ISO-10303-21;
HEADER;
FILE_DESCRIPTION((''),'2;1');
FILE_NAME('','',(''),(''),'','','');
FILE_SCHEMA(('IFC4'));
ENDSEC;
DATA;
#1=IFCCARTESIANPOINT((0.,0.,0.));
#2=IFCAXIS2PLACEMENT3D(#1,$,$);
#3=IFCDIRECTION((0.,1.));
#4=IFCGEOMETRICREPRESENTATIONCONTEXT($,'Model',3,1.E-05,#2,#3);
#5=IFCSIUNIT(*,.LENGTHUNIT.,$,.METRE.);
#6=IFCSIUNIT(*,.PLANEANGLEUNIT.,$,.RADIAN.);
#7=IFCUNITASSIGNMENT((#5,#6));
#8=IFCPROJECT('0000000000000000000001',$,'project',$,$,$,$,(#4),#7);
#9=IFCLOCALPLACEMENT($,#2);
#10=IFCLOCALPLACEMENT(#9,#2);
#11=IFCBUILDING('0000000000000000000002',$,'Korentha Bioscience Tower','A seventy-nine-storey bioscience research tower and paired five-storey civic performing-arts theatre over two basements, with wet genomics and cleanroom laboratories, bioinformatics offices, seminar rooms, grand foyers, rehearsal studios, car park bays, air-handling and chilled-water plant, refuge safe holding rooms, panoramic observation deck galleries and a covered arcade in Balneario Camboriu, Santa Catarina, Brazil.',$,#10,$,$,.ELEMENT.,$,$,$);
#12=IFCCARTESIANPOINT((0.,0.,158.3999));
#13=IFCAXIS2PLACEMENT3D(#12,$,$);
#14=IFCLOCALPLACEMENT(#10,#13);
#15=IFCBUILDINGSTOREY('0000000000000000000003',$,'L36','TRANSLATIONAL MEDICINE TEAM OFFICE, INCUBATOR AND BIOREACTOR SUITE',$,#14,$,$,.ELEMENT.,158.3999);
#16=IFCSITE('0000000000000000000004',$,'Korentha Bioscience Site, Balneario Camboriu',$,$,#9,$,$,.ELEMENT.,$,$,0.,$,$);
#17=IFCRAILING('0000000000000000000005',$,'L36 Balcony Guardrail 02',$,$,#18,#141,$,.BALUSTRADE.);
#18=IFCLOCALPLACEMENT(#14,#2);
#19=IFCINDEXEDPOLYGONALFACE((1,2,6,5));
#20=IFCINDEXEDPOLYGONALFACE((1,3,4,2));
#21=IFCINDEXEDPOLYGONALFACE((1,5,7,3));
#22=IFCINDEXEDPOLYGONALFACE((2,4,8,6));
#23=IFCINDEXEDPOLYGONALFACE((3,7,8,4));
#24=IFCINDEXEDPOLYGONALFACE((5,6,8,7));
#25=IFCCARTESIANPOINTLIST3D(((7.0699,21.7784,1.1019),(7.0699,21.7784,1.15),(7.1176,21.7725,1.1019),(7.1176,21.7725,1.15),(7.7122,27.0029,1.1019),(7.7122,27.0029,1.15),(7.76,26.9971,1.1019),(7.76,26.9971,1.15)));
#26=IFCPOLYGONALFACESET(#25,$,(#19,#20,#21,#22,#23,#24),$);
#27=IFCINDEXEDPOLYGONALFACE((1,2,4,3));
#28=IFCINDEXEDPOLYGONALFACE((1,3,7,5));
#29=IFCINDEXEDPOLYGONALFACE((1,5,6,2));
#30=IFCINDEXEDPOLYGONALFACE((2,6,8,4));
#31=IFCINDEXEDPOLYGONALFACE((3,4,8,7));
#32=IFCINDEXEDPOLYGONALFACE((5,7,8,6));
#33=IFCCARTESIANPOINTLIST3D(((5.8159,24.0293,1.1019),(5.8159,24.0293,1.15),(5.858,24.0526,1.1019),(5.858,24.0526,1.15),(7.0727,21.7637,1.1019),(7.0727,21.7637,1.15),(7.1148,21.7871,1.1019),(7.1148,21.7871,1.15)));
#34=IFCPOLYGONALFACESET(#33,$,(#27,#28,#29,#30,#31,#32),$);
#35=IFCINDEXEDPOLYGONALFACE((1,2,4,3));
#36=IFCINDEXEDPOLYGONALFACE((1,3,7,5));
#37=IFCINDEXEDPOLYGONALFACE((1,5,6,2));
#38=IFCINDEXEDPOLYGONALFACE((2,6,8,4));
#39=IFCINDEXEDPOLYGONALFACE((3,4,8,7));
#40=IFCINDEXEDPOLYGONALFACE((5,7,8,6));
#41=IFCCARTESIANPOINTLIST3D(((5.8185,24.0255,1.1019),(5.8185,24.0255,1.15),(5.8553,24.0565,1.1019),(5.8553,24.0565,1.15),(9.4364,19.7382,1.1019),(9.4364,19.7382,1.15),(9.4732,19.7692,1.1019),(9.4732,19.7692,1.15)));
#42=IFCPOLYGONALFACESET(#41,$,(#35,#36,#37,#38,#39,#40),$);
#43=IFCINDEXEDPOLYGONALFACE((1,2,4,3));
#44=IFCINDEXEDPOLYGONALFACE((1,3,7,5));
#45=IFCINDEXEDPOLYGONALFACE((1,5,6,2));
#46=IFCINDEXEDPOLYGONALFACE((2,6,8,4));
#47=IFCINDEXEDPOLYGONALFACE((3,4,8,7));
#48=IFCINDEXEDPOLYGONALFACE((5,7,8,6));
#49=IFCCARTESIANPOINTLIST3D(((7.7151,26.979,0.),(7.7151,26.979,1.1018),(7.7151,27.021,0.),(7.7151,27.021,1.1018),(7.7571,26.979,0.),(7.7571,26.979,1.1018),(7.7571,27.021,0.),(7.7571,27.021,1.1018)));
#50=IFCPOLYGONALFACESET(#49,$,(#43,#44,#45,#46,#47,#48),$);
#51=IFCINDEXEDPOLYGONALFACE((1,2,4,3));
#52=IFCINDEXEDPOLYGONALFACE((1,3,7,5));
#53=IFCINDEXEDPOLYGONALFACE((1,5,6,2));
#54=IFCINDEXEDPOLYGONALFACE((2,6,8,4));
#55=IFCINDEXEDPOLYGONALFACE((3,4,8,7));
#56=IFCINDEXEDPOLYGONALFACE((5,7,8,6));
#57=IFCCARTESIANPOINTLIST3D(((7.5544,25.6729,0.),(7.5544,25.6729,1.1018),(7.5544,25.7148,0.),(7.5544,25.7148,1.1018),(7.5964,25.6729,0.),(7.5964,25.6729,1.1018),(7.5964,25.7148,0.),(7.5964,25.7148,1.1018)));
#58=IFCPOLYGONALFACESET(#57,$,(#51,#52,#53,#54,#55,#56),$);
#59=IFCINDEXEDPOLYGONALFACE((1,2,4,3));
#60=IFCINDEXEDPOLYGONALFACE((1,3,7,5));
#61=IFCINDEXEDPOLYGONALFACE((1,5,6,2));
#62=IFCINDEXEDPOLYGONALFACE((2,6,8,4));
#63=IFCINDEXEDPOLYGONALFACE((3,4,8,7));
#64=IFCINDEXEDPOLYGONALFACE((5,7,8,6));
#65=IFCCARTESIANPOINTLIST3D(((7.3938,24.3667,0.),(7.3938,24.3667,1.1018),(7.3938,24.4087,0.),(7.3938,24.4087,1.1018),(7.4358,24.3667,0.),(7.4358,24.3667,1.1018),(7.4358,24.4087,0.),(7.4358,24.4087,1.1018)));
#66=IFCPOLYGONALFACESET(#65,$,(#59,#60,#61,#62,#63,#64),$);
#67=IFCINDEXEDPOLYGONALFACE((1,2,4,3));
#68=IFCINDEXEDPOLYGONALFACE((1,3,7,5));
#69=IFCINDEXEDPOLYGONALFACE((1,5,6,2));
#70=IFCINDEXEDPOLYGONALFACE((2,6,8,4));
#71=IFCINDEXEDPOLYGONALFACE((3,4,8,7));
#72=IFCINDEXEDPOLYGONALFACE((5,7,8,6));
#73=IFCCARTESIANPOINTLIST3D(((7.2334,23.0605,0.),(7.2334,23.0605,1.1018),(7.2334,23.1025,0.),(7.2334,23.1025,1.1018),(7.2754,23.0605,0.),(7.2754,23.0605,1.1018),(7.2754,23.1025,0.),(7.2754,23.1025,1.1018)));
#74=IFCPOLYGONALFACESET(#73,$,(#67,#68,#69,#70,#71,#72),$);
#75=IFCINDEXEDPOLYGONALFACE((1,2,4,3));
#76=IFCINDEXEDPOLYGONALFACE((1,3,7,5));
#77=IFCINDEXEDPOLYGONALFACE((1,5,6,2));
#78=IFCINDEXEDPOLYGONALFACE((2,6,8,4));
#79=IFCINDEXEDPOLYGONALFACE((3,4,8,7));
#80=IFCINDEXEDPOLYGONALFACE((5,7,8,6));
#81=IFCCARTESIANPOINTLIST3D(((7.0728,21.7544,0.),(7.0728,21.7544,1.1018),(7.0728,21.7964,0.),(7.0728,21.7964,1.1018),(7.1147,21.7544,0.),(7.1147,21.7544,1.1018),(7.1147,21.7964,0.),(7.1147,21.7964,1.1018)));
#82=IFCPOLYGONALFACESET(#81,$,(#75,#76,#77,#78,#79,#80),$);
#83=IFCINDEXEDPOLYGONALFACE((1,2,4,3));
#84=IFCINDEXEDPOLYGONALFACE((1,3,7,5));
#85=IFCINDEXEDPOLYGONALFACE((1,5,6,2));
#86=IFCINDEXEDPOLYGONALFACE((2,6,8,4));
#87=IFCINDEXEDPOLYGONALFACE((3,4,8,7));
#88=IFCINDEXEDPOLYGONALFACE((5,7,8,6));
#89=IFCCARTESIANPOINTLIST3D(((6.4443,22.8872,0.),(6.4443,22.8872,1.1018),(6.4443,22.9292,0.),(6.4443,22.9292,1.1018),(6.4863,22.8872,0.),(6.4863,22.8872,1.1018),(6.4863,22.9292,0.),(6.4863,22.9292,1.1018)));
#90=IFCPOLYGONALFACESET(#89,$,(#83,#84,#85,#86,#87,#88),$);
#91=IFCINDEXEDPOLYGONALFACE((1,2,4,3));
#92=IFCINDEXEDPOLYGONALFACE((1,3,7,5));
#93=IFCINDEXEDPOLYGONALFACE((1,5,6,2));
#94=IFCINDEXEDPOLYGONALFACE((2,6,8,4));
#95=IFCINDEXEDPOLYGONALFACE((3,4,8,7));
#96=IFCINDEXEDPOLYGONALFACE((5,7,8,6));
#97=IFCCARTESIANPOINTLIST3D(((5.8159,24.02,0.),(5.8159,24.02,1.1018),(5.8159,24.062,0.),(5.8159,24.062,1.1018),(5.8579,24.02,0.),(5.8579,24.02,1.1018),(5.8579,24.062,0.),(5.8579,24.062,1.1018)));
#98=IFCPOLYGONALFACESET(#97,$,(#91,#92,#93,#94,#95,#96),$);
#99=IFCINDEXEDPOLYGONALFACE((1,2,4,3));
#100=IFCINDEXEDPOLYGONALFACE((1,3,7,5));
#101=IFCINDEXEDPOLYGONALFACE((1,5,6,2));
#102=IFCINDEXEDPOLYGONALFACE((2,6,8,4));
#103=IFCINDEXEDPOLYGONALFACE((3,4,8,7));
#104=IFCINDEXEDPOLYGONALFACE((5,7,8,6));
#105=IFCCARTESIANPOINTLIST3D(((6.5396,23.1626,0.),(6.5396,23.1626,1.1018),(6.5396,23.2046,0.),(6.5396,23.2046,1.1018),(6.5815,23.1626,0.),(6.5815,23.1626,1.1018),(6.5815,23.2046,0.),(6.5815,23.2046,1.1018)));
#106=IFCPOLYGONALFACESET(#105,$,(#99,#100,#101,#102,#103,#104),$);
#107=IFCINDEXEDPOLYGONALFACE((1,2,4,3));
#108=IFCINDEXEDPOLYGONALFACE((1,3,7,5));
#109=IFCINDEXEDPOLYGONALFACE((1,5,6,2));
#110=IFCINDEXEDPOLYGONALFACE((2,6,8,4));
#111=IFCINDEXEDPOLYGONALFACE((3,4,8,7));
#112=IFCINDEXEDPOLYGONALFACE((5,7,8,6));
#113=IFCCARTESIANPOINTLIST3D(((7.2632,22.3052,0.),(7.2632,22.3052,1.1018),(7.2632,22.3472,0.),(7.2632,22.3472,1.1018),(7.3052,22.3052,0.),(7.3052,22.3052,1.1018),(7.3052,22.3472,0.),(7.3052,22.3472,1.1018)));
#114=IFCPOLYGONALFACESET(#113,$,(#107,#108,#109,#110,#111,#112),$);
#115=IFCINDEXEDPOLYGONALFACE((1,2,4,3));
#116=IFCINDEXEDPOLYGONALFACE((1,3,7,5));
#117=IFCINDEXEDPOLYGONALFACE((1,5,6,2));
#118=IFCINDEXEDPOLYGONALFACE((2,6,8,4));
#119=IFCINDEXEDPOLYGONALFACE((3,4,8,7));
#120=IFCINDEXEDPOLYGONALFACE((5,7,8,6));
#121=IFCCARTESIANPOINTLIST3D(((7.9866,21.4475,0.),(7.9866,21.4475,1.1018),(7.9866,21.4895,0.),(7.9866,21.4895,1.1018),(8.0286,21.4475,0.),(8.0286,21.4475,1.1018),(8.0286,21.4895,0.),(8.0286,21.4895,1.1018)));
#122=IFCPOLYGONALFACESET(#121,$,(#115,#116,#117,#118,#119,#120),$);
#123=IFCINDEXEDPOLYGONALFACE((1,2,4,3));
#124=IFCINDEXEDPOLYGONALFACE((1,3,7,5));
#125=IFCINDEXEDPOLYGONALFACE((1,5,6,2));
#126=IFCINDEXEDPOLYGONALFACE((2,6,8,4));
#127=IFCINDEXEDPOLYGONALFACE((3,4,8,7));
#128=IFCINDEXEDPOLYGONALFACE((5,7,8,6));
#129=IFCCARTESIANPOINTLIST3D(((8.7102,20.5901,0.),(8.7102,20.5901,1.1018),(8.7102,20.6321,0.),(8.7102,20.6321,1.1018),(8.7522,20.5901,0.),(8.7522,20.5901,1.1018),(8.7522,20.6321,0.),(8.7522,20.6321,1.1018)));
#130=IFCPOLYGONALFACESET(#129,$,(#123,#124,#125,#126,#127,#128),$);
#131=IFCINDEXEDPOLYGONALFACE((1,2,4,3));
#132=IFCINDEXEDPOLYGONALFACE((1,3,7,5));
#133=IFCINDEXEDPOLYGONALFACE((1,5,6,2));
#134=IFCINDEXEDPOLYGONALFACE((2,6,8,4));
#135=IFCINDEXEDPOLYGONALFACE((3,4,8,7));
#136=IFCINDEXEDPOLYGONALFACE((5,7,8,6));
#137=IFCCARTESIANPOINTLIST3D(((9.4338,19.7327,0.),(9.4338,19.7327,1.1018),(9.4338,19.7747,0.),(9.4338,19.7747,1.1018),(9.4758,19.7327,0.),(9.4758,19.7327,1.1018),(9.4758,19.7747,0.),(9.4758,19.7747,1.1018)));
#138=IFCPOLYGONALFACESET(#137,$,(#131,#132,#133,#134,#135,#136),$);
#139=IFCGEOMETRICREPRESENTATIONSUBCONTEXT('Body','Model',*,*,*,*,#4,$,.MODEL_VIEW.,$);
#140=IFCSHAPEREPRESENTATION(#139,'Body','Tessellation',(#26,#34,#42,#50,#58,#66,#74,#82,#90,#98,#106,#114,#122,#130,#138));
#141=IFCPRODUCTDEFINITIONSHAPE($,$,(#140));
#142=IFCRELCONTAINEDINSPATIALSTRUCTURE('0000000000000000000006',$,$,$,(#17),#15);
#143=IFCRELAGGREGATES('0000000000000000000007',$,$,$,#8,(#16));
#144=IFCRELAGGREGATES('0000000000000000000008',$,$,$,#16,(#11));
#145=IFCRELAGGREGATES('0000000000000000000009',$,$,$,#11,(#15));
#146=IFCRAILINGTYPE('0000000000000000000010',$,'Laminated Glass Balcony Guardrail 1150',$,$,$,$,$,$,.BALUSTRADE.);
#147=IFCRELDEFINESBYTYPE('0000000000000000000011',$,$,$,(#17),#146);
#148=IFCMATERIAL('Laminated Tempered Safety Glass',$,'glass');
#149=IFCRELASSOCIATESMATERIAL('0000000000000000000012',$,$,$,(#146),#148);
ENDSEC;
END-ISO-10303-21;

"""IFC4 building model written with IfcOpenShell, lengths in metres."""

from ifc_helpers import new_model, si_unit, direction, frame, origin, origin_2d, place, context, subcontext, project, spatial, rectangle, extrude, material, type_object, element, save


model = new_model("IFC4")

# Units and contexts
model_context = context("Model", 3, precision=1e-05, world=origin(), true_north=direction((0.0, 1.0)))
body_context = subcontext(model_context, "Body", "Model", "MODEL_VIEW")
ifc_project = project(units=[si_unit("LENGTHUNIT", "METRE"), si_unit("PLANEANGLEUNIT", "RADIAN")], contexts=[model_context])

# Site, building, storey
site_placement = place(None, origin())
site = spatial("IfcSite", under=ifc_project, at=site_placement, Name="Korentha Bioscience Site, Balneario Camboriu", CompositionType="ELEMENT", RefElevation=0.0)
building_placement = place(site_placement, origin())
building = spatial("IfcBuilding", under=site, at=building_placement, Name="Korentha Bioscience Tower", Description="A seventy-nine-storey bioscience research tower and paired five-storey civic performing-arts theatre over two basements, with wet genomics and cleanroom laboratories, bioinformatics offices, seminar rooms, grand foyers, rehearsal studios, car park bays, air-handling and chilled-water plant, refuge safe holding rooms, panoramic observation deck galleries and a covered arcade in Balneario Camboriu, Santa Catarina, Brazil.", CompositionType="ELEMENT")
storey_placement = place(building_placement, frame((0.0, 0.0, 158.3999)))
storey = spatial("IfcBuildingStorey", under=building, at=storey_placement, Name="L36", Description="TRANSLATIONAL MEDICINE TEAM OFFICE, INCUBATOR AND BIOREACTOR SUITE", CompositionType="ELEMENT", Elevation=158.3999)

# Railing
ifc_material_1 = material(Name="Laminated Tempered Safety Glass", Category="glass")
railing_type = type_object("IfcRailingType", Name="Laminated Glass Balcony Guardrail 1150", PredefinedType="BALUSTRADE", material=ifc_material_1)
railing_placement = place(storey_placement, frame((7.7361, 27.0, 0.0)))
element("IfcRailing", 1, at=railing_placement, inside=storey, type_object=railing_type, Name="L36 Balcony Guardrail 02", PredefinedType="BALUSTRADE", context=body_context, shape_type="SweptSolid", body=[
    extrude(rectangle(XDim=0.0481, YDim=0.0481, at=origin_2d()), frame((0.0, 0.0, 1.126), z_axis=(-0.122025, -0.992527, 0.0), x_axis=(0.992527, -0.122025, 0.0)), (0.0, 0.0, 1.0), 5.2639),
    extrude(rectangle(XDim=0.0481, YDim=0.0481, at=origin_2d()), frame((-0.6423, -5.2246, 1.126), z_axis=(-0.485099, 0.874459, 0.0), x_axis=(-0.874459, -0.485099, 0.0)), (0.0, 0.0, 1.0), 2.5908),
    extrude(rectangle(XDim=0.0481, YDim=0.0481, at=origin_2d()), frame((-1.8992, -2.959, 1.126), z_axis=(0.644919, -0.764251, 0.0), x_axis=(0.764251, 0.644919, 0.0)), (0.0, 0.0, 1.0), 5.6099),
    extrude(rectangle(XDim=0.042, YDim=0.042, at=origin_2d()), origin(), (0.0, 0.0, 1.0), 1.1018),
    extrude(rectangle(XDim=0.042, YDim=0.042, at=origin_2d()), frame((-0.1606, -1.3062, 0.0)), (0.0, 0.0, 1.0), 1.1018),
    extrude(rectangle(XDim=0.042, YDim=0.042, at=origin_2d()), frame((-0.3213, -2.6123, 0.0)), (0.0, 0.0, 1.0), 1.1018),
    extrude(rectangle(XDim=0.042, YDim=0.042, at=origin_2d()), frame((-0.4817, -3.9185, 0.0)), (0.0, 0.0, 1.0), 1.1018),
    extrude(rectangle(XDim=0.042, YDim=0.042, at=origin_2d()), frame((-0.6423, -5.2246, 0.0)), (0.0, 0.0, 1.0), 1.1018),
    extrude(rectangle(XDim=0.042, YDim=0.042, at=origin_2d()), frame((-1.2708, -4.0918, 0.0)), (0.0, 0.0, 1.0), 1.1018),
    extrude(rectangle(XDim=0.042, YDim=0.042, at=origin_2d()), frame((-1.8992, -2.959, 0.0)), (0.0, 0.0, 1.0), 1.1018),
    extrude(rectangle(XDim=0.042, YDim=0.042, at=origin_2d()), frame((-1.1755, -3.8164, 0.0)), (0.0, 0.0, 1.0), 1.1018),
    extrude(rectangle(XDim=0.042, YDim=0.042, at=origin_2d()), frame((-0.4519, -4.6738, 0.0)), (0.0, 0.0, 1.0), 1.1018),
    extrude(rectangle(XDim=0.042, YDim=0.042, at=origin_2d()), frame((0.2715, -5.5315, 0.0)), (0.0, 0.0, 1.0), 1.1018),
    extrude(rectangle(XDim=0.042, YDim=0.042, at=origin_2d()), frame((0.9951, -6.3889, 0.0)), (0.0, 0.0, 1.0), 1.1018),
    extrude(rectangle(XDim=0.042, YDim=0.042, at=origin_2d()), frame((1.7188, -7.2463, 0.0)), (0.0, 0.0, 1.0), 1.1018),
])

save(model, "model.ifc")
